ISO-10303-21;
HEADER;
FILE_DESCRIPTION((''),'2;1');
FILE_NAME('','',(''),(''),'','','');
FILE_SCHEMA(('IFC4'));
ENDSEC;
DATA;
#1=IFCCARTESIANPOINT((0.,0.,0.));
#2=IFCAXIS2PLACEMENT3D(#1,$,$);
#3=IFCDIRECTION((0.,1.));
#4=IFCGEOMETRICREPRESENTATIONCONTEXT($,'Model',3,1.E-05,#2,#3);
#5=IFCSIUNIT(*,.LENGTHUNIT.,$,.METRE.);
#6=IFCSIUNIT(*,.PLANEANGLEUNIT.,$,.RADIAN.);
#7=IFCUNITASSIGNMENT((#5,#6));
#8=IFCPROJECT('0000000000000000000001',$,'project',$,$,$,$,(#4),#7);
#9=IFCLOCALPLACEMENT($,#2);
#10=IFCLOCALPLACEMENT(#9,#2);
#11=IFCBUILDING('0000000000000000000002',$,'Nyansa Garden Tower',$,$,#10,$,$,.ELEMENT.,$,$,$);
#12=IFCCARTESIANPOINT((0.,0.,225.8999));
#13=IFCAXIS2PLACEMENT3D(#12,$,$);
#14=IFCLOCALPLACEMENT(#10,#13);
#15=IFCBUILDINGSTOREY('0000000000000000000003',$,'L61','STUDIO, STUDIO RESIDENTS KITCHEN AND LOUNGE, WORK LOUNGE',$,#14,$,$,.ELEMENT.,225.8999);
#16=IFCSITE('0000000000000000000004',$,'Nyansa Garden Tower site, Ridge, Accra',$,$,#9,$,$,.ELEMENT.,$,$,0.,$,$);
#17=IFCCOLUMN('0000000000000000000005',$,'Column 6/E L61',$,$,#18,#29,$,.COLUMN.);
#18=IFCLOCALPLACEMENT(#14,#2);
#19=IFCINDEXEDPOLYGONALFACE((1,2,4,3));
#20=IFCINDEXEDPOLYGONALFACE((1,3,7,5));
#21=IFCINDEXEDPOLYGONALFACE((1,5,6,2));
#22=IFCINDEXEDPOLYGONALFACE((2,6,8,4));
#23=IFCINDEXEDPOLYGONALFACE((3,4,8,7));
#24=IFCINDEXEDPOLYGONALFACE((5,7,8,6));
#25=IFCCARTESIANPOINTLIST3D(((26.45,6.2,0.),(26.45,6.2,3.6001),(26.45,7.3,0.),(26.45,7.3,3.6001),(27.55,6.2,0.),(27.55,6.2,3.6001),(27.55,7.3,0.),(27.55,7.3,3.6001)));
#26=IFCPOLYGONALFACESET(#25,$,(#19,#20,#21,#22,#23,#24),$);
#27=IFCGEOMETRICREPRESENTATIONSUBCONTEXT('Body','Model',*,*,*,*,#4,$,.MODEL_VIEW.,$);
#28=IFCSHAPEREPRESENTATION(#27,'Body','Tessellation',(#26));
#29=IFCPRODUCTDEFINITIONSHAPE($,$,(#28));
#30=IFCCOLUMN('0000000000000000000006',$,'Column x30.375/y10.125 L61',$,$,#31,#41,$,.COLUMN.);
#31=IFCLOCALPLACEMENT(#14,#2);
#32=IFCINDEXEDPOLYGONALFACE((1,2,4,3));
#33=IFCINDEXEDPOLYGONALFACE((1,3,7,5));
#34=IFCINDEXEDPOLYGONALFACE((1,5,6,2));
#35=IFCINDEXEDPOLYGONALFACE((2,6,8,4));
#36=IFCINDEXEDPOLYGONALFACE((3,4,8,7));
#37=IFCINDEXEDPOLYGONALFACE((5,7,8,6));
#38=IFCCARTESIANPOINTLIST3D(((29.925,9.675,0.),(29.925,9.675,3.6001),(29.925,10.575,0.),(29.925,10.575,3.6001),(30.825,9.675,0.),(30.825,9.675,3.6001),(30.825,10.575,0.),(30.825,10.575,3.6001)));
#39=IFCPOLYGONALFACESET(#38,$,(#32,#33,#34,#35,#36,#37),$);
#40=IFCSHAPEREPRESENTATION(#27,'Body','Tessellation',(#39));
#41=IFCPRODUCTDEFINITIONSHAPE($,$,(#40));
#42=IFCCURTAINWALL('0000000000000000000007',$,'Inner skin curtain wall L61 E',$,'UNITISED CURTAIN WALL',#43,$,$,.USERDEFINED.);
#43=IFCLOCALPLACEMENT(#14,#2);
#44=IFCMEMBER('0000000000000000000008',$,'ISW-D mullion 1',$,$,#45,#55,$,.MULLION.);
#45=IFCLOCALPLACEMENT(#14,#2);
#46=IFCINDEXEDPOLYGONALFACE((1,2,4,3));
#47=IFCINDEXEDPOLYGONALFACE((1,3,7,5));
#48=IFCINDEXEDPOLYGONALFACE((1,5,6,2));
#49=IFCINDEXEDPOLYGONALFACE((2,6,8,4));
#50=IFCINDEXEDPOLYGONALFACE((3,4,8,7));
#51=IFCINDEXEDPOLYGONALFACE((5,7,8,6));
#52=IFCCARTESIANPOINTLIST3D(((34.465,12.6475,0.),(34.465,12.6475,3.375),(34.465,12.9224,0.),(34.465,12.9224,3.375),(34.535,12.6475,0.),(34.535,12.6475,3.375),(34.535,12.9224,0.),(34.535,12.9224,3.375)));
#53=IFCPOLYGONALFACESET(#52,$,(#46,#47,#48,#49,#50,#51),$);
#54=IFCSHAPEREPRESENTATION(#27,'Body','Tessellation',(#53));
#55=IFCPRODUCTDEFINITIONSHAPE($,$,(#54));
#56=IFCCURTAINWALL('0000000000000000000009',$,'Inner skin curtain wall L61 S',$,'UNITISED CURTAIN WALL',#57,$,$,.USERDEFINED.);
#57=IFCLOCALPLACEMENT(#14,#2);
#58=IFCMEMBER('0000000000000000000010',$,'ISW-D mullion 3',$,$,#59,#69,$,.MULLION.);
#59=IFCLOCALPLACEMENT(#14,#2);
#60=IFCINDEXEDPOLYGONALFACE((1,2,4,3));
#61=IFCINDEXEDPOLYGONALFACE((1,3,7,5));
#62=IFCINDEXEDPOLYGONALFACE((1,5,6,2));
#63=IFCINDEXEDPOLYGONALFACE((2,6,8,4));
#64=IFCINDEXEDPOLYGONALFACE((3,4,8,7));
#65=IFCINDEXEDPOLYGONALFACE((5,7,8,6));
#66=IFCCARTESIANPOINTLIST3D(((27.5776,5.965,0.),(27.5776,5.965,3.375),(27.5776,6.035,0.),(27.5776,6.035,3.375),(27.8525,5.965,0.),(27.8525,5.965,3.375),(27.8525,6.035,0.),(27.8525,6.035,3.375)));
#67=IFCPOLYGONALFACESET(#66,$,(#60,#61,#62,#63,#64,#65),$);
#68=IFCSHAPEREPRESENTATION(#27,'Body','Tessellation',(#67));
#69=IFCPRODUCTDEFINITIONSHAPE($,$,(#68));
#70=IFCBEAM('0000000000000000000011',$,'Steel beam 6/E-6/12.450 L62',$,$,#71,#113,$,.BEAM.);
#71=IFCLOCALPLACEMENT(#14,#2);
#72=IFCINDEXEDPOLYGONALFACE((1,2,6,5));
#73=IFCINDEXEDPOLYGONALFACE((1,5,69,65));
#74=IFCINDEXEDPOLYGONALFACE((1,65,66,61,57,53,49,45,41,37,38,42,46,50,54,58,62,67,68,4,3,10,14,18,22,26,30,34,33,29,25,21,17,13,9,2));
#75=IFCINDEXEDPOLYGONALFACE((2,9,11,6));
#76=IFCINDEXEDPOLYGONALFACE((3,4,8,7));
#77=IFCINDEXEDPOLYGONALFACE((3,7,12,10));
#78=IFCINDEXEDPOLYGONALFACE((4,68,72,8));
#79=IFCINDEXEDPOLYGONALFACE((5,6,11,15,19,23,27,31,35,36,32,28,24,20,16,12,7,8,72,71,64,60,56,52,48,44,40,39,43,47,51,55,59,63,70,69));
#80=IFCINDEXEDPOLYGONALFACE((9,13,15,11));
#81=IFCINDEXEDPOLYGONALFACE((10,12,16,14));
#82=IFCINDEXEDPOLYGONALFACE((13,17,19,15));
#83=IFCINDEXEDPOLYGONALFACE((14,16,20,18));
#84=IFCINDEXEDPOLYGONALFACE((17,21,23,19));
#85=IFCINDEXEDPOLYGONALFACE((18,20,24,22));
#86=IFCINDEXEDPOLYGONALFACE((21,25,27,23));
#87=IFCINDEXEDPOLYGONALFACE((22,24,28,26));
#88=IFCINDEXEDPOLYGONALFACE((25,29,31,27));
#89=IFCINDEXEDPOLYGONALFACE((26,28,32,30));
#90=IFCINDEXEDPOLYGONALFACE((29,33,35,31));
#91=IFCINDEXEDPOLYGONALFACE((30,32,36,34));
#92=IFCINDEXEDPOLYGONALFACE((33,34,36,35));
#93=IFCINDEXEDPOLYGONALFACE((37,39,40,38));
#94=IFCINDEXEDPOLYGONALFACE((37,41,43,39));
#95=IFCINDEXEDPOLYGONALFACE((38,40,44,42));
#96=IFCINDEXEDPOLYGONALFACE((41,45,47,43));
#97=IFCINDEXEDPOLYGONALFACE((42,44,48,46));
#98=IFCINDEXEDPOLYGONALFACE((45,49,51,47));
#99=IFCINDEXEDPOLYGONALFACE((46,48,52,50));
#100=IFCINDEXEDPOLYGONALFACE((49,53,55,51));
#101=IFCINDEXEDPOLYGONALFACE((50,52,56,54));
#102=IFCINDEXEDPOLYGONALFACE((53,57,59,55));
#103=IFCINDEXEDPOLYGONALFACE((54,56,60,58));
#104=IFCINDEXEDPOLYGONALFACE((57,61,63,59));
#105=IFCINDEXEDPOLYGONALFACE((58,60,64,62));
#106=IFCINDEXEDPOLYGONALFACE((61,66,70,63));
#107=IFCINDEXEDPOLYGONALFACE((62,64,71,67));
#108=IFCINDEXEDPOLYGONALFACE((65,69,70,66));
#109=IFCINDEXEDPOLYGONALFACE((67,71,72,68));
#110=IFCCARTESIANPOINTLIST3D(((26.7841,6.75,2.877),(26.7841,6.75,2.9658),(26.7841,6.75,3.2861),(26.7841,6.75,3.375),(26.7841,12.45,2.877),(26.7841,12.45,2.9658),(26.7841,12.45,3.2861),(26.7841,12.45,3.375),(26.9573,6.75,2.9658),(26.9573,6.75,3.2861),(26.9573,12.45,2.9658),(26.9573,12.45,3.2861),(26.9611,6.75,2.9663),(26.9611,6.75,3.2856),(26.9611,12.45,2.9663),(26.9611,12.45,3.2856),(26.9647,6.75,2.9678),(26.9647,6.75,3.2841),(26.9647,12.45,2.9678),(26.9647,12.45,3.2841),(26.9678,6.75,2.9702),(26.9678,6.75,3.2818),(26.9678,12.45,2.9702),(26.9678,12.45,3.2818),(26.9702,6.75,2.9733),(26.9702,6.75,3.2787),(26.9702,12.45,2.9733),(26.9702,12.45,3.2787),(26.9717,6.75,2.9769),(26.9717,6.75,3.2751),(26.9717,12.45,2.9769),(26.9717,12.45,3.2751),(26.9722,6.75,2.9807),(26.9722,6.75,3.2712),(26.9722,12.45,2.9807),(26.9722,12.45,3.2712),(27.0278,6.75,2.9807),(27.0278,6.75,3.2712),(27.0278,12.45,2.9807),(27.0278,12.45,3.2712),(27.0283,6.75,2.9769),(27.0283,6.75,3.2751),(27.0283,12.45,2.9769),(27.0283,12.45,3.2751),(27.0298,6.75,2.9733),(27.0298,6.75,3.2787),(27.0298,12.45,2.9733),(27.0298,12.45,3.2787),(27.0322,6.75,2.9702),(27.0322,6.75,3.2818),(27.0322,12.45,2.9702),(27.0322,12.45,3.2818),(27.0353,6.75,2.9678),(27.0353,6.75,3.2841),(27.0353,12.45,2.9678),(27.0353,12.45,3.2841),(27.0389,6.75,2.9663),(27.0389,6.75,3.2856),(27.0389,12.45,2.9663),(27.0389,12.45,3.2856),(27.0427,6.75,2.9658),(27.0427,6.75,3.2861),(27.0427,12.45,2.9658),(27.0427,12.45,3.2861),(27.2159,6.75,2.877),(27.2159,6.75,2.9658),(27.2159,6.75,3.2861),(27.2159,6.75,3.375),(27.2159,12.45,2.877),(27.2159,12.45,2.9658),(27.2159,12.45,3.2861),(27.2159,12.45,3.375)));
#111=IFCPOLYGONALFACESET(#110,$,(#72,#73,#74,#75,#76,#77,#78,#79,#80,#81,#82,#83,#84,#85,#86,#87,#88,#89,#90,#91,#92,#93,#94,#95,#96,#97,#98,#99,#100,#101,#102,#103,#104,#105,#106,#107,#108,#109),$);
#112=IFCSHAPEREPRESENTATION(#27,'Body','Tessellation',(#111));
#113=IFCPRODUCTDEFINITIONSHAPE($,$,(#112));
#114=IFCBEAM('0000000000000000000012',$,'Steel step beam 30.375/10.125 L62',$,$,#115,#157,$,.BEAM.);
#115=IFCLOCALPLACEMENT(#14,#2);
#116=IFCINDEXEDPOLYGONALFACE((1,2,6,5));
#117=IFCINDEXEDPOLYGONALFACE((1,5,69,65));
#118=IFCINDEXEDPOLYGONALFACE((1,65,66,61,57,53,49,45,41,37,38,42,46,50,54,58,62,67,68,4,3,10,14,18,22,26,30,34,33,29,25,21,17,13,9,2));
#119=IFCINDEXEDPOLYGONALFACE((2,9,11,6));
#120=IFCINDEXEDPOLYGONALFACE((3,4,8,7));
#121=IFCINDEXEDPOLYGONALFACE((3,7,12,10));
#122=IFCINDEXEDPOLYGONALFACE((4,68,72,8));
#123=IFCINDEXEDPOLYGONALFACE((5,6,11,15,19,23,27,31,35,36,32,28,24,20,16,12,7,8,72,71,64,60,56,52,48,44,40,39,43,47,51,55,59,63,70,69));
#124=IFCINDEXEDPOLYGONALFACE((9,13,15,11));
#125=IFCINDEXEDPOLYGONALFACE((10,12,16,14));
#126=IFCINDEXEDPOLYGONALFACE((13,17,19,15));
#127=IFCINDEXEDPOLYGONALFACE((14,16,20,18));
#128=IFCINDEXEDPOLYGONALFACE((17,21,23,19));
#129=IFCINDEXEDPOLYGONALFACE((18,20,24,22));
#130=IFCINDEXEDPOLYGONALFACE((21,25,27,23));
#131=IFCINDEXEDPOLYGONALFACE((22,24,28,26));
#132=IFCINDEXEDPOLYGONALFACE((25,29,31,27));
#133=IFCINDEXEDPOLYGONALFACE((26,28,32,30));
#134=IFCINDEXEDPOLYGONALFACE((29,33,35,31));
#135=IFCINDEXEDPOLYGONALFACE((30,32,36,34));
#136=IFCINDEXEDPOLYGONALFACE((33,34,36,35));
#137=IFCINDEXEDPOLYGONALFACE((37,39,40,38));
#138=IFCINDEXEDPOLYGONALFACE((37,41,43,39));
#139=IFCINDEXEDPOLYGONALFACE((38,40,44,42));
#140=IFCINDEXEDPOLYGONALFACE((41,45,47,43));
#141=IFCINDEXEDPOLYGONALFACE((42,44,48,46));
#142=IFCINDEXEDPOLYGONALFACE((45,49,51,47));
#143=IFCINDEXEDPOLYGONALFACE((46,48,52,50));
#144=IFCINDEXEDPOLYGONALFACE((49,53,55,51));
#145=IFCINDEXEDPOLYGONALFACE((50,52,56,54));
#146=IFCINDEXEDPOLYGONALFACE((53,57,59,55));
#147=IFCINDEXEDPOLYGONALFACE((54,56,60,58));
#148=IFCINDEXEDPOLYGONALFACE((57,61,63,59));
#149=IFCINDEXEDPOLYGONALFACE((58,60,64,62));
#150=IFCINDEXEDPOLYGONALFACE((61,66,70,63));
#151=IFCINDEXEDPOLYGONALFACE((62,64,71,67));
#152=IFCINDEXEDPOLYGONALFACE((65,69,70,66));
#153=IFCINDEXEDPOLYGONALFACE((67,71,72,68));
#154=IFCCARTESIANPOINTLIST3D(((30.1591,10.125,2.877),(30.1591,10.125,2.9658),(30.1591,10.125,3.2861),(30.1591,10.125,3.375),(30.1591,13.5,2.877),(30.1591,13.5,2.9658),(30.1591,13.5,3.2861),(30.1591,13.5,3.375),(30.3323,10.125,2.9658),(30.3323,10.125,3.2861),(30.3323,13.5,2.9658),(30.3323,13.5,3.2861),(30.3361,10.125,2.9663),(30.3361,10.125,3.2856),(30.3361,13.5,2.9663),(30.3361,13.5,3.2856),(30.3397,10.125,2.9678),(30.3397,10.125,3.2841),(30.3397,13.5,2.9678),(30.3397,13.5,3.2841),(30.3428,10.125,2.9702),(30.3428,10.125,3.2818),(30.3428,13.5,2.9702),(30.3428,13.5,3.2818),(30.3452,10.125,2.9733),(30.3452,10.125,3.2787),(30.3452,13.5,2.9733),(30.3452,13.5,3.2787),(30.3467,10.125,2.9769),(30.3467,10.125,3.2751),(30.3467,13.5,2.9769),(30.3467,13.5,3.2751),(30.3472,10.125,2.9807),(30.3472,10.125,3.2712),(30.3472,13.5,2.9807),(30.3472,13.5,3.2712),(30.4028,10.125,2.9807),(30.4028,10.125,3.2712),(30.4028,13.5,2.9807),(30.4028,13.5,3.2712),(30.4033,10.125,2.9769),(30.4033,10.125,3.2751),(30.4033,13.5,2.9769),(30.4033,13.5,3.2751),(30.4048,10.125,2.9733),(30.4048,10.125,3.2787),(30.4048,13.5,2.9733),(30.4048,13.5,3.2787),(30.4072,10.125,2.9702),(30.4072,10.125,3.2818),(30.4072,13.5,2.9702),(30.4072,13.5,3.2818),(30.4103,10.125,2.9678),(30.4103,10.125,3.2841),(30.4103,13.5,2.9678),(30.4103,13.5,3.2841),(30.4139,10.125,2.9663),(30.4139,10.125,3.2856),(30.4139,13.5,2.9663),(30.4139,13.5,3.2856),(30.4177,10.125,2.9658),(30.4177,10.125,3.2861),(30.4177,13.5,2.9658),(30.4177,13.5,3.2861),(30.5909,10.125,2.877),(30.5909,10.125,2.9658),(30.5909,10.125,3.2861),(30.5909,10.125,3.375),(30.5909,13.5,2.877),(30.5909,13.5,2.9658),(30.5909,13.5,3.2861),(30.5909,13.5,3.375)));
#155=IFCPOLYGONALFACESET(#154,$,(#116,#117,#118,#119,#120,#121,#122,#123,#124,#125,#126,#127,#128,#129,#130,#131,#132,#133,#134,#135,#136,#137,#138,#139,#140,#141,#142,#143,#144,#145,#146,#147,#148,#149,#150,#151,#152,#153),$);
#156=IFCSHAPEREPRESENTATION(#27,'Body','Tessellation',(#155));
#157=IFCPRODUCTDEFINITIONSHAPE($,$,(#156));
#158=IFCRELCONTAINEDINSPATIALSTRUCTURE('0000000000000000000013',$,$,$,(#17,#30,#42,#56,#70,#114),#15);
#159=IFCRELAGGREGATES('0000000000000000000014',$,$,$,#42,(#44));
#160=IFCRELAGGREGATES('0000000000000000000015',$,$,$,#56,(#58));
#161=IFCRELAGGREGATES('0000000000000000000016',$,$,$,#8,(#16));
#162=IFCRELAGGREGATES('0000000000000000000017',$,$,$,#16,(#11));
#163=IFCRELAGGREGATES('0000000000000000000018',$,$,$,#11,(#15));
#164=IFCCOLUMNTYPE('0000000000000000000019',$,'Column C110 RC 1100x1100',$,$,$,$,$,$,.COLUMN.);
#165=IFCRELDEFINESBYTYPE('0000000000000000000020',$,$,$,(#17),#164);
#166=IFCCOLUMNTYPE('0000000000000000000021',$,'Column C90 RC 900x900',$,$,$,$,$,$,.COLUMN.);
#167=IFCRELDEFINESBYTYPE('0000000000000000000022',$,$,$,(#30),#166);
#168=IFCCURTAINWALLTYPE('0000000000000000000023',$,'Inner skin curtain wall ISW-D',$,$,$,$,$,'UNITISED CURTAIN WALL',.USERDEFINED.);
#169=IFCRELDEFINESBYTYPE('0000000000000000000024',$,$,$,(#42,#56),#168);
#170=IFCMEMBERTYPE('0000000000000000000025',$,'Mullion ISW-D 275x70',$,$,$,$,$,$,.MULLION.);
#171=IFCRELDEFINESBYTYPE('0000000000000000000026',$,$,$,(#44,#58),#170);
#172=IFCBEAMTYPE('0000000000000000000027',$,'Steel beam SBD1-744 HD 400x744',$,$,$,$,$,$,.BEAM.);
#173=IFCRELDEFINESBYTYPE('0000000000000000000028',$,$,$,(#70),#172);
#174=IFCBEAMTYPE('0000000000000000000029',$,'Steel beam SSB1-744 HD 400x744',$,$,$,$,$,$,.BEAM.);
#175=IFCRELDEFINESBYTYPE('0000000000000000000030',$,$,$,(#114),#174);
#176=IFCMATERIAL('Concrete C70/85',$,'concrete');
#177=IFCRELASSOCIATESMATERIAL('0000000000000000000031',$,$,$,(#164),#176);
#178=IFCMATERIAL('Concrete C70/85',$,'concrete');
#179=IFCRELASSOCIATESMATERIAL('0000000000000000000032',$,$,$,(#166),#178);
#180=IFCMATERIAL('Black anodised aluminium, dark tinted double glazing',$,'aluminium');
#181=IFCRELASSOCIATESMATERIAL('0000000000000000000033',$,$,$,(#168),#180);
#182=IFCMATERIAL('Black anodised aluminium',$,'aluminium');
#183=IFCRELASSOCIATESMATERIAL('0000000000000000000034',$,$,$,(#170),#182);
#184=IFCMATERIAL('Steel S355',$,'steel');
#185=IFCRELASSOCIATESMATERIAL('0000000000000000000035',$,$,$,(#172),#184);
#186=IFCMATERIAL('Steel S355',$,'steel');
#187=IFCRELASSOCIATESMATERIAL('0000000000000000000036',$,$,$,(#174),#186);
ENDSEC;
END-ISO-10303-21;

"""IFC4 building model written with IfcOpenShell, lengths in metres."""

from ifc_helpers import new_model, si_unit, direction, frame, origin, origin_2d, place, context, subcontext, project, spatial, rectangle, i_section, extrude, material, material_profile, profile_set, type_object, element, aggregate, save


model = new_model("IFC4")

# Units and contexts
model_context = context("Model", 3, precision=1e-05, world=origin(), true_north=direction((0.0, 1.0)))
body_context = subcontext(model_context, "Body", "Model", "MODEL_VIEW")
ifc_project = project(units=[si_unit("LENGTHUNIT", "METRE"), si_unit("PLANEANGLEUNIT", "RADIAN")], contexts=[model_context])

# Site, building, storey
site_placement = place(None, origin())
site = spatial("IfcSite", under=ifc_project, at=site_placement, Name="Nyansa Garden Tower site, Ridge, Accra", CompositionType="ELEMENT", RefElevation=0.0)
building_placement = place(site_placement, origin())
building = spatial("IfcBuilding", under=site, at=building_placement, Name="Nyansa Garden Tower", CompositionType="ELEMENT")
storey_placement = place(building_placement, frame((0.0, 0.0, 225.8999)))
storey = spatial("IfcBuildingStorey", under=building, at=storey_placement, Name="L61", Description="STUDIO, STUDIO RESIDENTS KITCHEN AND LOUNGE, WORK LOUNGE", CompositionType="ELEMENT", Elevation=225.8999)

# Columns
ifc_material_1 = material(Name="Concrete C70/85", Category="concrete")
ifc_material_profile_1 = material_profile(ifc_material_1, rectangle(XDim=1.1001, YDim=1.1001, at=origin_2d()), Name="RC 1100x1100")
ifc_profile_set_1 = profile_set([ifc_material_profile_1], Name="Concrete C70/85")
column_type_1 = type_object("IfcColumnType", Name="Column C110 RC 1100x1100", PredefinedType="COLUMN", material=ifc_profile_set_1)
column_1_placement = place(storey_placement, frame((27.0, 6.75, 0.0), z_axis=(0.0, 0.0, 1.0), x_axis=(1.0, 0.0, 0.0)))
element("IfcColumn", 1, at=column_1_placement, inside=storey, type_object=column_type_1, Name="Column 6/E L61", PredefinedType="COLUMN", context=body_context, shape_type="SweptSolid", body=[
    extrude(rectangle(XDim=1.1001, YDim=1.1001, at=origin_2d()), origin(), (0.0, 0.0, 1.0), 3.6001),
])
ifc_material_2 = material(Name="Concrete C70/85", Category="concrete")
ifc_material_profile_2 = material_profile(ifc_material_2, rectangle(XDim=0.8999, YDim=0.8999, at=origin_2d()), Name="RC 900x900")
ifc_profile_set_2 = profile_set([ifc_material_profile_2], Name="Concrete C70/85")
column_type_2 = type_object("IfcColumnType", Name="Column C90 RC 900x900", PredefinedType="COLUMN", material=ifc_profile_set_2)
column_2_placement = place(storey_placement, frame((30.375, 10.125, 0.0), z_axis=(0.0, 0.0, 1.0), x_axis=(1.0, 0.0, 0.0)))
element("IfcColumn", 2, at=column_2_placement, inside=storey, type_object=column_type_2, Name="Column x30.375/y10.125 L61", PredefinedType="COLUMN", context=body_context, shape_type="SweptSolid", body=[
    extrude(rectangle(XDim=0.8999, YDim=0.8999, at=origin_2d()), origin(), (0.0, 0.0, 1.0), 3.6001),
])

# Curtain walls, members
ifc_material_3 = material(Name="Black anodised aluminium, dark tinted double glazing", Category="aluminium")
curtain_wall_type = type_object("IfcCurtainWallType", Name="Inner skin curtain wall ISW-D", ElementType="UNITISED CURTAIN WALL", PredefinedType="USERDEFINED", material=ifc_material_3)
curtain_wall_1_placement = place(storey_placement, origin())
curtain_wall_1 = element("IfcCurtainWall", 3, at=curtain_wall_1_placement, inside=storey, type_object=curtain_wall_type, Name="Inner skin curtain wall L61 E", ObjectType="UNITISED CURTAIN WALL", PredefinedType="USERDEFINED")
ifc_material_4 = material(Name="Black anodised aluminium", Category="aluminium")
ifc_material_profile_3 = material_profile(ifc_material_4, rectangle(XDim=0.0701, YDim=0.2749, at=origin_2d()), Name="Mullion 275x70")
ifc_profile_set_3 = profile_set([ifc_material_profile_3], Name="Black anodised aluminium")
member_type = type_object("IfcMemberType", Name="Mullion ISW-D 275x70", PredefinedType="MULLION", material=ifc_profile_set_3)
member_1_placement = place(storey_placement, frame((34.5, 12.7849, 0.0), z_axis=(0.0, 0.0, 1.0), x_axis=(-1.0, 0.0, 0.0)))
member_1 = element("IfcMember", 4, at=member_1_placement, type_object=member_type, Name="ISW-D mullion 1", PredefinedType="MULLION", context=body_context, shape_type="SweptSolid", body=[
    extrude(rectangle(XDim=0.0701, YDim=0.2749, at=origin_2d()), origin(), (0.0, 0.0, 1.0), 3.375),
])
aggregate(curtain_wall_1, [member_1])
curtain_wall_2_placement = place(storey_placement, origin())
curtain_wall_2 = element("IfcCurtainWall", 5, at=curtain_wall_2_placement, inside=storey, type_object=curtain_wall_type, Name="Inner skin curtain wall L61 S", ObjectType="UNITISED CURTAIN WALL", PredefinedType="USERDEFINED")
member_2_placement = place(storey_placement, frame((27.7151, 6.0, 0.0), z_axis=(0.0, 0.0, 1.0), x_axis=(0.0, 1.0, 0.0)))
member_2 = element("IfcMember", 6, at=member_2_placement, type_object=member_type, Name="ISW-D mullion 3", PredefinedType="MULLION", context=body_context, shape_type="SweptSolid", body=[
    extrude(rectangle(XDim=0.0701, YDim=0.2749, at=origin_2d()), origin(), (0.0, 0.0, 1.0), 3.375),
])
aggregate(curtain_wall_2, [member_2])

# Beams
ifc_material_5 = material(Name="Steel S355", Category="steel")
ifc_material_profile_4 = material_profile(ifc_material_5, i_section(OverallWidth=0.4319, OverallDepth=0.498, WebThickness=0.0557, FlangeThickness=0.0889, FilletRadius=0.0149, at=origin_2d()), Name="HD 400x744")
ifc_profile_set_4 = profile_set([ifc_material_profile_4], Name="Steel S355")
beam_type_1 = type_object("IfcBeamType", Name="Steel beam SBD1-744 HD 400x744", PredefinedType="BEAM", material=ifc_profile_set_4)
beam_placement = place(storey_placement, frame((27.0, 6.75, 3.126), z_axis=(0.0, 1.0, 0.0), x_axis=(-1.0, 0.0, 0.0)))
element("IfcBeam", 7, at=beam_placement, inside=storey, type_object=beam_type_1, Name="Steel beam 6/E-6/12.450 L62", PredefinedType="BEAM", context=body_context, shape_type="SweptSolid", body=[
    extrude(i_section(OverallWidth=0.4319, OverallDepth=0.498, WebThickness=0.0557, FlangeThickness=0.0889, FilletRadius=0.0149, at=origin_2d()), origin(), (0.0, 0.0, 1.0), 5.7),
])
ifc_material_6 = material(Name="Steel S355", Category="steel")
ifc_material_profile_5 = material_profile(ifc_material_6, i_section(OverallWidth=0.4319, OverallDepth=0.498, WebThickness=0.0557, FlangeThickness=0.0889, FilletRadius=0.0149, at=origin_2d()), Name="HD 400x744")
ifc_profile_set_5 = profile_set([ifc_material_profile_5], Name="Steel S355")
beam_type_2 = type_object("IfcBeamType", Name="Steel beam SSB1-744 HD 400x744", PredefinedType="BEAM", material=ifc_profile_set_5)
for number, where, z_axis, x_axis, name in (
    (8, (30.375, 10.125, 3.126), (0.0, 1.0, 0.0), (-1.0, 0.0, 0.0), "Steel step beam 30.375/10.125 L62"),
):
    element("IfcBeam", number, at=place(storey_placement, frame(where, z_axis=z_axis, x_axis=x_axis)), inside=storey, type_object=beam_type_2, Name=name, PredefinedType="BEAM", context=body_context, shape_type="SweptSolid", body=[
        extrude(i_section(OverallWidth=0.4319, OverallDepth=0.498, WebThickness=0.0557, FlangeThickness=0.0889, FilletRadius=0.0149, at=origin_2d()), origin(), (0.0, 0.0, 1.0), 3.375),
    ])

save(model, "model.ifc")
